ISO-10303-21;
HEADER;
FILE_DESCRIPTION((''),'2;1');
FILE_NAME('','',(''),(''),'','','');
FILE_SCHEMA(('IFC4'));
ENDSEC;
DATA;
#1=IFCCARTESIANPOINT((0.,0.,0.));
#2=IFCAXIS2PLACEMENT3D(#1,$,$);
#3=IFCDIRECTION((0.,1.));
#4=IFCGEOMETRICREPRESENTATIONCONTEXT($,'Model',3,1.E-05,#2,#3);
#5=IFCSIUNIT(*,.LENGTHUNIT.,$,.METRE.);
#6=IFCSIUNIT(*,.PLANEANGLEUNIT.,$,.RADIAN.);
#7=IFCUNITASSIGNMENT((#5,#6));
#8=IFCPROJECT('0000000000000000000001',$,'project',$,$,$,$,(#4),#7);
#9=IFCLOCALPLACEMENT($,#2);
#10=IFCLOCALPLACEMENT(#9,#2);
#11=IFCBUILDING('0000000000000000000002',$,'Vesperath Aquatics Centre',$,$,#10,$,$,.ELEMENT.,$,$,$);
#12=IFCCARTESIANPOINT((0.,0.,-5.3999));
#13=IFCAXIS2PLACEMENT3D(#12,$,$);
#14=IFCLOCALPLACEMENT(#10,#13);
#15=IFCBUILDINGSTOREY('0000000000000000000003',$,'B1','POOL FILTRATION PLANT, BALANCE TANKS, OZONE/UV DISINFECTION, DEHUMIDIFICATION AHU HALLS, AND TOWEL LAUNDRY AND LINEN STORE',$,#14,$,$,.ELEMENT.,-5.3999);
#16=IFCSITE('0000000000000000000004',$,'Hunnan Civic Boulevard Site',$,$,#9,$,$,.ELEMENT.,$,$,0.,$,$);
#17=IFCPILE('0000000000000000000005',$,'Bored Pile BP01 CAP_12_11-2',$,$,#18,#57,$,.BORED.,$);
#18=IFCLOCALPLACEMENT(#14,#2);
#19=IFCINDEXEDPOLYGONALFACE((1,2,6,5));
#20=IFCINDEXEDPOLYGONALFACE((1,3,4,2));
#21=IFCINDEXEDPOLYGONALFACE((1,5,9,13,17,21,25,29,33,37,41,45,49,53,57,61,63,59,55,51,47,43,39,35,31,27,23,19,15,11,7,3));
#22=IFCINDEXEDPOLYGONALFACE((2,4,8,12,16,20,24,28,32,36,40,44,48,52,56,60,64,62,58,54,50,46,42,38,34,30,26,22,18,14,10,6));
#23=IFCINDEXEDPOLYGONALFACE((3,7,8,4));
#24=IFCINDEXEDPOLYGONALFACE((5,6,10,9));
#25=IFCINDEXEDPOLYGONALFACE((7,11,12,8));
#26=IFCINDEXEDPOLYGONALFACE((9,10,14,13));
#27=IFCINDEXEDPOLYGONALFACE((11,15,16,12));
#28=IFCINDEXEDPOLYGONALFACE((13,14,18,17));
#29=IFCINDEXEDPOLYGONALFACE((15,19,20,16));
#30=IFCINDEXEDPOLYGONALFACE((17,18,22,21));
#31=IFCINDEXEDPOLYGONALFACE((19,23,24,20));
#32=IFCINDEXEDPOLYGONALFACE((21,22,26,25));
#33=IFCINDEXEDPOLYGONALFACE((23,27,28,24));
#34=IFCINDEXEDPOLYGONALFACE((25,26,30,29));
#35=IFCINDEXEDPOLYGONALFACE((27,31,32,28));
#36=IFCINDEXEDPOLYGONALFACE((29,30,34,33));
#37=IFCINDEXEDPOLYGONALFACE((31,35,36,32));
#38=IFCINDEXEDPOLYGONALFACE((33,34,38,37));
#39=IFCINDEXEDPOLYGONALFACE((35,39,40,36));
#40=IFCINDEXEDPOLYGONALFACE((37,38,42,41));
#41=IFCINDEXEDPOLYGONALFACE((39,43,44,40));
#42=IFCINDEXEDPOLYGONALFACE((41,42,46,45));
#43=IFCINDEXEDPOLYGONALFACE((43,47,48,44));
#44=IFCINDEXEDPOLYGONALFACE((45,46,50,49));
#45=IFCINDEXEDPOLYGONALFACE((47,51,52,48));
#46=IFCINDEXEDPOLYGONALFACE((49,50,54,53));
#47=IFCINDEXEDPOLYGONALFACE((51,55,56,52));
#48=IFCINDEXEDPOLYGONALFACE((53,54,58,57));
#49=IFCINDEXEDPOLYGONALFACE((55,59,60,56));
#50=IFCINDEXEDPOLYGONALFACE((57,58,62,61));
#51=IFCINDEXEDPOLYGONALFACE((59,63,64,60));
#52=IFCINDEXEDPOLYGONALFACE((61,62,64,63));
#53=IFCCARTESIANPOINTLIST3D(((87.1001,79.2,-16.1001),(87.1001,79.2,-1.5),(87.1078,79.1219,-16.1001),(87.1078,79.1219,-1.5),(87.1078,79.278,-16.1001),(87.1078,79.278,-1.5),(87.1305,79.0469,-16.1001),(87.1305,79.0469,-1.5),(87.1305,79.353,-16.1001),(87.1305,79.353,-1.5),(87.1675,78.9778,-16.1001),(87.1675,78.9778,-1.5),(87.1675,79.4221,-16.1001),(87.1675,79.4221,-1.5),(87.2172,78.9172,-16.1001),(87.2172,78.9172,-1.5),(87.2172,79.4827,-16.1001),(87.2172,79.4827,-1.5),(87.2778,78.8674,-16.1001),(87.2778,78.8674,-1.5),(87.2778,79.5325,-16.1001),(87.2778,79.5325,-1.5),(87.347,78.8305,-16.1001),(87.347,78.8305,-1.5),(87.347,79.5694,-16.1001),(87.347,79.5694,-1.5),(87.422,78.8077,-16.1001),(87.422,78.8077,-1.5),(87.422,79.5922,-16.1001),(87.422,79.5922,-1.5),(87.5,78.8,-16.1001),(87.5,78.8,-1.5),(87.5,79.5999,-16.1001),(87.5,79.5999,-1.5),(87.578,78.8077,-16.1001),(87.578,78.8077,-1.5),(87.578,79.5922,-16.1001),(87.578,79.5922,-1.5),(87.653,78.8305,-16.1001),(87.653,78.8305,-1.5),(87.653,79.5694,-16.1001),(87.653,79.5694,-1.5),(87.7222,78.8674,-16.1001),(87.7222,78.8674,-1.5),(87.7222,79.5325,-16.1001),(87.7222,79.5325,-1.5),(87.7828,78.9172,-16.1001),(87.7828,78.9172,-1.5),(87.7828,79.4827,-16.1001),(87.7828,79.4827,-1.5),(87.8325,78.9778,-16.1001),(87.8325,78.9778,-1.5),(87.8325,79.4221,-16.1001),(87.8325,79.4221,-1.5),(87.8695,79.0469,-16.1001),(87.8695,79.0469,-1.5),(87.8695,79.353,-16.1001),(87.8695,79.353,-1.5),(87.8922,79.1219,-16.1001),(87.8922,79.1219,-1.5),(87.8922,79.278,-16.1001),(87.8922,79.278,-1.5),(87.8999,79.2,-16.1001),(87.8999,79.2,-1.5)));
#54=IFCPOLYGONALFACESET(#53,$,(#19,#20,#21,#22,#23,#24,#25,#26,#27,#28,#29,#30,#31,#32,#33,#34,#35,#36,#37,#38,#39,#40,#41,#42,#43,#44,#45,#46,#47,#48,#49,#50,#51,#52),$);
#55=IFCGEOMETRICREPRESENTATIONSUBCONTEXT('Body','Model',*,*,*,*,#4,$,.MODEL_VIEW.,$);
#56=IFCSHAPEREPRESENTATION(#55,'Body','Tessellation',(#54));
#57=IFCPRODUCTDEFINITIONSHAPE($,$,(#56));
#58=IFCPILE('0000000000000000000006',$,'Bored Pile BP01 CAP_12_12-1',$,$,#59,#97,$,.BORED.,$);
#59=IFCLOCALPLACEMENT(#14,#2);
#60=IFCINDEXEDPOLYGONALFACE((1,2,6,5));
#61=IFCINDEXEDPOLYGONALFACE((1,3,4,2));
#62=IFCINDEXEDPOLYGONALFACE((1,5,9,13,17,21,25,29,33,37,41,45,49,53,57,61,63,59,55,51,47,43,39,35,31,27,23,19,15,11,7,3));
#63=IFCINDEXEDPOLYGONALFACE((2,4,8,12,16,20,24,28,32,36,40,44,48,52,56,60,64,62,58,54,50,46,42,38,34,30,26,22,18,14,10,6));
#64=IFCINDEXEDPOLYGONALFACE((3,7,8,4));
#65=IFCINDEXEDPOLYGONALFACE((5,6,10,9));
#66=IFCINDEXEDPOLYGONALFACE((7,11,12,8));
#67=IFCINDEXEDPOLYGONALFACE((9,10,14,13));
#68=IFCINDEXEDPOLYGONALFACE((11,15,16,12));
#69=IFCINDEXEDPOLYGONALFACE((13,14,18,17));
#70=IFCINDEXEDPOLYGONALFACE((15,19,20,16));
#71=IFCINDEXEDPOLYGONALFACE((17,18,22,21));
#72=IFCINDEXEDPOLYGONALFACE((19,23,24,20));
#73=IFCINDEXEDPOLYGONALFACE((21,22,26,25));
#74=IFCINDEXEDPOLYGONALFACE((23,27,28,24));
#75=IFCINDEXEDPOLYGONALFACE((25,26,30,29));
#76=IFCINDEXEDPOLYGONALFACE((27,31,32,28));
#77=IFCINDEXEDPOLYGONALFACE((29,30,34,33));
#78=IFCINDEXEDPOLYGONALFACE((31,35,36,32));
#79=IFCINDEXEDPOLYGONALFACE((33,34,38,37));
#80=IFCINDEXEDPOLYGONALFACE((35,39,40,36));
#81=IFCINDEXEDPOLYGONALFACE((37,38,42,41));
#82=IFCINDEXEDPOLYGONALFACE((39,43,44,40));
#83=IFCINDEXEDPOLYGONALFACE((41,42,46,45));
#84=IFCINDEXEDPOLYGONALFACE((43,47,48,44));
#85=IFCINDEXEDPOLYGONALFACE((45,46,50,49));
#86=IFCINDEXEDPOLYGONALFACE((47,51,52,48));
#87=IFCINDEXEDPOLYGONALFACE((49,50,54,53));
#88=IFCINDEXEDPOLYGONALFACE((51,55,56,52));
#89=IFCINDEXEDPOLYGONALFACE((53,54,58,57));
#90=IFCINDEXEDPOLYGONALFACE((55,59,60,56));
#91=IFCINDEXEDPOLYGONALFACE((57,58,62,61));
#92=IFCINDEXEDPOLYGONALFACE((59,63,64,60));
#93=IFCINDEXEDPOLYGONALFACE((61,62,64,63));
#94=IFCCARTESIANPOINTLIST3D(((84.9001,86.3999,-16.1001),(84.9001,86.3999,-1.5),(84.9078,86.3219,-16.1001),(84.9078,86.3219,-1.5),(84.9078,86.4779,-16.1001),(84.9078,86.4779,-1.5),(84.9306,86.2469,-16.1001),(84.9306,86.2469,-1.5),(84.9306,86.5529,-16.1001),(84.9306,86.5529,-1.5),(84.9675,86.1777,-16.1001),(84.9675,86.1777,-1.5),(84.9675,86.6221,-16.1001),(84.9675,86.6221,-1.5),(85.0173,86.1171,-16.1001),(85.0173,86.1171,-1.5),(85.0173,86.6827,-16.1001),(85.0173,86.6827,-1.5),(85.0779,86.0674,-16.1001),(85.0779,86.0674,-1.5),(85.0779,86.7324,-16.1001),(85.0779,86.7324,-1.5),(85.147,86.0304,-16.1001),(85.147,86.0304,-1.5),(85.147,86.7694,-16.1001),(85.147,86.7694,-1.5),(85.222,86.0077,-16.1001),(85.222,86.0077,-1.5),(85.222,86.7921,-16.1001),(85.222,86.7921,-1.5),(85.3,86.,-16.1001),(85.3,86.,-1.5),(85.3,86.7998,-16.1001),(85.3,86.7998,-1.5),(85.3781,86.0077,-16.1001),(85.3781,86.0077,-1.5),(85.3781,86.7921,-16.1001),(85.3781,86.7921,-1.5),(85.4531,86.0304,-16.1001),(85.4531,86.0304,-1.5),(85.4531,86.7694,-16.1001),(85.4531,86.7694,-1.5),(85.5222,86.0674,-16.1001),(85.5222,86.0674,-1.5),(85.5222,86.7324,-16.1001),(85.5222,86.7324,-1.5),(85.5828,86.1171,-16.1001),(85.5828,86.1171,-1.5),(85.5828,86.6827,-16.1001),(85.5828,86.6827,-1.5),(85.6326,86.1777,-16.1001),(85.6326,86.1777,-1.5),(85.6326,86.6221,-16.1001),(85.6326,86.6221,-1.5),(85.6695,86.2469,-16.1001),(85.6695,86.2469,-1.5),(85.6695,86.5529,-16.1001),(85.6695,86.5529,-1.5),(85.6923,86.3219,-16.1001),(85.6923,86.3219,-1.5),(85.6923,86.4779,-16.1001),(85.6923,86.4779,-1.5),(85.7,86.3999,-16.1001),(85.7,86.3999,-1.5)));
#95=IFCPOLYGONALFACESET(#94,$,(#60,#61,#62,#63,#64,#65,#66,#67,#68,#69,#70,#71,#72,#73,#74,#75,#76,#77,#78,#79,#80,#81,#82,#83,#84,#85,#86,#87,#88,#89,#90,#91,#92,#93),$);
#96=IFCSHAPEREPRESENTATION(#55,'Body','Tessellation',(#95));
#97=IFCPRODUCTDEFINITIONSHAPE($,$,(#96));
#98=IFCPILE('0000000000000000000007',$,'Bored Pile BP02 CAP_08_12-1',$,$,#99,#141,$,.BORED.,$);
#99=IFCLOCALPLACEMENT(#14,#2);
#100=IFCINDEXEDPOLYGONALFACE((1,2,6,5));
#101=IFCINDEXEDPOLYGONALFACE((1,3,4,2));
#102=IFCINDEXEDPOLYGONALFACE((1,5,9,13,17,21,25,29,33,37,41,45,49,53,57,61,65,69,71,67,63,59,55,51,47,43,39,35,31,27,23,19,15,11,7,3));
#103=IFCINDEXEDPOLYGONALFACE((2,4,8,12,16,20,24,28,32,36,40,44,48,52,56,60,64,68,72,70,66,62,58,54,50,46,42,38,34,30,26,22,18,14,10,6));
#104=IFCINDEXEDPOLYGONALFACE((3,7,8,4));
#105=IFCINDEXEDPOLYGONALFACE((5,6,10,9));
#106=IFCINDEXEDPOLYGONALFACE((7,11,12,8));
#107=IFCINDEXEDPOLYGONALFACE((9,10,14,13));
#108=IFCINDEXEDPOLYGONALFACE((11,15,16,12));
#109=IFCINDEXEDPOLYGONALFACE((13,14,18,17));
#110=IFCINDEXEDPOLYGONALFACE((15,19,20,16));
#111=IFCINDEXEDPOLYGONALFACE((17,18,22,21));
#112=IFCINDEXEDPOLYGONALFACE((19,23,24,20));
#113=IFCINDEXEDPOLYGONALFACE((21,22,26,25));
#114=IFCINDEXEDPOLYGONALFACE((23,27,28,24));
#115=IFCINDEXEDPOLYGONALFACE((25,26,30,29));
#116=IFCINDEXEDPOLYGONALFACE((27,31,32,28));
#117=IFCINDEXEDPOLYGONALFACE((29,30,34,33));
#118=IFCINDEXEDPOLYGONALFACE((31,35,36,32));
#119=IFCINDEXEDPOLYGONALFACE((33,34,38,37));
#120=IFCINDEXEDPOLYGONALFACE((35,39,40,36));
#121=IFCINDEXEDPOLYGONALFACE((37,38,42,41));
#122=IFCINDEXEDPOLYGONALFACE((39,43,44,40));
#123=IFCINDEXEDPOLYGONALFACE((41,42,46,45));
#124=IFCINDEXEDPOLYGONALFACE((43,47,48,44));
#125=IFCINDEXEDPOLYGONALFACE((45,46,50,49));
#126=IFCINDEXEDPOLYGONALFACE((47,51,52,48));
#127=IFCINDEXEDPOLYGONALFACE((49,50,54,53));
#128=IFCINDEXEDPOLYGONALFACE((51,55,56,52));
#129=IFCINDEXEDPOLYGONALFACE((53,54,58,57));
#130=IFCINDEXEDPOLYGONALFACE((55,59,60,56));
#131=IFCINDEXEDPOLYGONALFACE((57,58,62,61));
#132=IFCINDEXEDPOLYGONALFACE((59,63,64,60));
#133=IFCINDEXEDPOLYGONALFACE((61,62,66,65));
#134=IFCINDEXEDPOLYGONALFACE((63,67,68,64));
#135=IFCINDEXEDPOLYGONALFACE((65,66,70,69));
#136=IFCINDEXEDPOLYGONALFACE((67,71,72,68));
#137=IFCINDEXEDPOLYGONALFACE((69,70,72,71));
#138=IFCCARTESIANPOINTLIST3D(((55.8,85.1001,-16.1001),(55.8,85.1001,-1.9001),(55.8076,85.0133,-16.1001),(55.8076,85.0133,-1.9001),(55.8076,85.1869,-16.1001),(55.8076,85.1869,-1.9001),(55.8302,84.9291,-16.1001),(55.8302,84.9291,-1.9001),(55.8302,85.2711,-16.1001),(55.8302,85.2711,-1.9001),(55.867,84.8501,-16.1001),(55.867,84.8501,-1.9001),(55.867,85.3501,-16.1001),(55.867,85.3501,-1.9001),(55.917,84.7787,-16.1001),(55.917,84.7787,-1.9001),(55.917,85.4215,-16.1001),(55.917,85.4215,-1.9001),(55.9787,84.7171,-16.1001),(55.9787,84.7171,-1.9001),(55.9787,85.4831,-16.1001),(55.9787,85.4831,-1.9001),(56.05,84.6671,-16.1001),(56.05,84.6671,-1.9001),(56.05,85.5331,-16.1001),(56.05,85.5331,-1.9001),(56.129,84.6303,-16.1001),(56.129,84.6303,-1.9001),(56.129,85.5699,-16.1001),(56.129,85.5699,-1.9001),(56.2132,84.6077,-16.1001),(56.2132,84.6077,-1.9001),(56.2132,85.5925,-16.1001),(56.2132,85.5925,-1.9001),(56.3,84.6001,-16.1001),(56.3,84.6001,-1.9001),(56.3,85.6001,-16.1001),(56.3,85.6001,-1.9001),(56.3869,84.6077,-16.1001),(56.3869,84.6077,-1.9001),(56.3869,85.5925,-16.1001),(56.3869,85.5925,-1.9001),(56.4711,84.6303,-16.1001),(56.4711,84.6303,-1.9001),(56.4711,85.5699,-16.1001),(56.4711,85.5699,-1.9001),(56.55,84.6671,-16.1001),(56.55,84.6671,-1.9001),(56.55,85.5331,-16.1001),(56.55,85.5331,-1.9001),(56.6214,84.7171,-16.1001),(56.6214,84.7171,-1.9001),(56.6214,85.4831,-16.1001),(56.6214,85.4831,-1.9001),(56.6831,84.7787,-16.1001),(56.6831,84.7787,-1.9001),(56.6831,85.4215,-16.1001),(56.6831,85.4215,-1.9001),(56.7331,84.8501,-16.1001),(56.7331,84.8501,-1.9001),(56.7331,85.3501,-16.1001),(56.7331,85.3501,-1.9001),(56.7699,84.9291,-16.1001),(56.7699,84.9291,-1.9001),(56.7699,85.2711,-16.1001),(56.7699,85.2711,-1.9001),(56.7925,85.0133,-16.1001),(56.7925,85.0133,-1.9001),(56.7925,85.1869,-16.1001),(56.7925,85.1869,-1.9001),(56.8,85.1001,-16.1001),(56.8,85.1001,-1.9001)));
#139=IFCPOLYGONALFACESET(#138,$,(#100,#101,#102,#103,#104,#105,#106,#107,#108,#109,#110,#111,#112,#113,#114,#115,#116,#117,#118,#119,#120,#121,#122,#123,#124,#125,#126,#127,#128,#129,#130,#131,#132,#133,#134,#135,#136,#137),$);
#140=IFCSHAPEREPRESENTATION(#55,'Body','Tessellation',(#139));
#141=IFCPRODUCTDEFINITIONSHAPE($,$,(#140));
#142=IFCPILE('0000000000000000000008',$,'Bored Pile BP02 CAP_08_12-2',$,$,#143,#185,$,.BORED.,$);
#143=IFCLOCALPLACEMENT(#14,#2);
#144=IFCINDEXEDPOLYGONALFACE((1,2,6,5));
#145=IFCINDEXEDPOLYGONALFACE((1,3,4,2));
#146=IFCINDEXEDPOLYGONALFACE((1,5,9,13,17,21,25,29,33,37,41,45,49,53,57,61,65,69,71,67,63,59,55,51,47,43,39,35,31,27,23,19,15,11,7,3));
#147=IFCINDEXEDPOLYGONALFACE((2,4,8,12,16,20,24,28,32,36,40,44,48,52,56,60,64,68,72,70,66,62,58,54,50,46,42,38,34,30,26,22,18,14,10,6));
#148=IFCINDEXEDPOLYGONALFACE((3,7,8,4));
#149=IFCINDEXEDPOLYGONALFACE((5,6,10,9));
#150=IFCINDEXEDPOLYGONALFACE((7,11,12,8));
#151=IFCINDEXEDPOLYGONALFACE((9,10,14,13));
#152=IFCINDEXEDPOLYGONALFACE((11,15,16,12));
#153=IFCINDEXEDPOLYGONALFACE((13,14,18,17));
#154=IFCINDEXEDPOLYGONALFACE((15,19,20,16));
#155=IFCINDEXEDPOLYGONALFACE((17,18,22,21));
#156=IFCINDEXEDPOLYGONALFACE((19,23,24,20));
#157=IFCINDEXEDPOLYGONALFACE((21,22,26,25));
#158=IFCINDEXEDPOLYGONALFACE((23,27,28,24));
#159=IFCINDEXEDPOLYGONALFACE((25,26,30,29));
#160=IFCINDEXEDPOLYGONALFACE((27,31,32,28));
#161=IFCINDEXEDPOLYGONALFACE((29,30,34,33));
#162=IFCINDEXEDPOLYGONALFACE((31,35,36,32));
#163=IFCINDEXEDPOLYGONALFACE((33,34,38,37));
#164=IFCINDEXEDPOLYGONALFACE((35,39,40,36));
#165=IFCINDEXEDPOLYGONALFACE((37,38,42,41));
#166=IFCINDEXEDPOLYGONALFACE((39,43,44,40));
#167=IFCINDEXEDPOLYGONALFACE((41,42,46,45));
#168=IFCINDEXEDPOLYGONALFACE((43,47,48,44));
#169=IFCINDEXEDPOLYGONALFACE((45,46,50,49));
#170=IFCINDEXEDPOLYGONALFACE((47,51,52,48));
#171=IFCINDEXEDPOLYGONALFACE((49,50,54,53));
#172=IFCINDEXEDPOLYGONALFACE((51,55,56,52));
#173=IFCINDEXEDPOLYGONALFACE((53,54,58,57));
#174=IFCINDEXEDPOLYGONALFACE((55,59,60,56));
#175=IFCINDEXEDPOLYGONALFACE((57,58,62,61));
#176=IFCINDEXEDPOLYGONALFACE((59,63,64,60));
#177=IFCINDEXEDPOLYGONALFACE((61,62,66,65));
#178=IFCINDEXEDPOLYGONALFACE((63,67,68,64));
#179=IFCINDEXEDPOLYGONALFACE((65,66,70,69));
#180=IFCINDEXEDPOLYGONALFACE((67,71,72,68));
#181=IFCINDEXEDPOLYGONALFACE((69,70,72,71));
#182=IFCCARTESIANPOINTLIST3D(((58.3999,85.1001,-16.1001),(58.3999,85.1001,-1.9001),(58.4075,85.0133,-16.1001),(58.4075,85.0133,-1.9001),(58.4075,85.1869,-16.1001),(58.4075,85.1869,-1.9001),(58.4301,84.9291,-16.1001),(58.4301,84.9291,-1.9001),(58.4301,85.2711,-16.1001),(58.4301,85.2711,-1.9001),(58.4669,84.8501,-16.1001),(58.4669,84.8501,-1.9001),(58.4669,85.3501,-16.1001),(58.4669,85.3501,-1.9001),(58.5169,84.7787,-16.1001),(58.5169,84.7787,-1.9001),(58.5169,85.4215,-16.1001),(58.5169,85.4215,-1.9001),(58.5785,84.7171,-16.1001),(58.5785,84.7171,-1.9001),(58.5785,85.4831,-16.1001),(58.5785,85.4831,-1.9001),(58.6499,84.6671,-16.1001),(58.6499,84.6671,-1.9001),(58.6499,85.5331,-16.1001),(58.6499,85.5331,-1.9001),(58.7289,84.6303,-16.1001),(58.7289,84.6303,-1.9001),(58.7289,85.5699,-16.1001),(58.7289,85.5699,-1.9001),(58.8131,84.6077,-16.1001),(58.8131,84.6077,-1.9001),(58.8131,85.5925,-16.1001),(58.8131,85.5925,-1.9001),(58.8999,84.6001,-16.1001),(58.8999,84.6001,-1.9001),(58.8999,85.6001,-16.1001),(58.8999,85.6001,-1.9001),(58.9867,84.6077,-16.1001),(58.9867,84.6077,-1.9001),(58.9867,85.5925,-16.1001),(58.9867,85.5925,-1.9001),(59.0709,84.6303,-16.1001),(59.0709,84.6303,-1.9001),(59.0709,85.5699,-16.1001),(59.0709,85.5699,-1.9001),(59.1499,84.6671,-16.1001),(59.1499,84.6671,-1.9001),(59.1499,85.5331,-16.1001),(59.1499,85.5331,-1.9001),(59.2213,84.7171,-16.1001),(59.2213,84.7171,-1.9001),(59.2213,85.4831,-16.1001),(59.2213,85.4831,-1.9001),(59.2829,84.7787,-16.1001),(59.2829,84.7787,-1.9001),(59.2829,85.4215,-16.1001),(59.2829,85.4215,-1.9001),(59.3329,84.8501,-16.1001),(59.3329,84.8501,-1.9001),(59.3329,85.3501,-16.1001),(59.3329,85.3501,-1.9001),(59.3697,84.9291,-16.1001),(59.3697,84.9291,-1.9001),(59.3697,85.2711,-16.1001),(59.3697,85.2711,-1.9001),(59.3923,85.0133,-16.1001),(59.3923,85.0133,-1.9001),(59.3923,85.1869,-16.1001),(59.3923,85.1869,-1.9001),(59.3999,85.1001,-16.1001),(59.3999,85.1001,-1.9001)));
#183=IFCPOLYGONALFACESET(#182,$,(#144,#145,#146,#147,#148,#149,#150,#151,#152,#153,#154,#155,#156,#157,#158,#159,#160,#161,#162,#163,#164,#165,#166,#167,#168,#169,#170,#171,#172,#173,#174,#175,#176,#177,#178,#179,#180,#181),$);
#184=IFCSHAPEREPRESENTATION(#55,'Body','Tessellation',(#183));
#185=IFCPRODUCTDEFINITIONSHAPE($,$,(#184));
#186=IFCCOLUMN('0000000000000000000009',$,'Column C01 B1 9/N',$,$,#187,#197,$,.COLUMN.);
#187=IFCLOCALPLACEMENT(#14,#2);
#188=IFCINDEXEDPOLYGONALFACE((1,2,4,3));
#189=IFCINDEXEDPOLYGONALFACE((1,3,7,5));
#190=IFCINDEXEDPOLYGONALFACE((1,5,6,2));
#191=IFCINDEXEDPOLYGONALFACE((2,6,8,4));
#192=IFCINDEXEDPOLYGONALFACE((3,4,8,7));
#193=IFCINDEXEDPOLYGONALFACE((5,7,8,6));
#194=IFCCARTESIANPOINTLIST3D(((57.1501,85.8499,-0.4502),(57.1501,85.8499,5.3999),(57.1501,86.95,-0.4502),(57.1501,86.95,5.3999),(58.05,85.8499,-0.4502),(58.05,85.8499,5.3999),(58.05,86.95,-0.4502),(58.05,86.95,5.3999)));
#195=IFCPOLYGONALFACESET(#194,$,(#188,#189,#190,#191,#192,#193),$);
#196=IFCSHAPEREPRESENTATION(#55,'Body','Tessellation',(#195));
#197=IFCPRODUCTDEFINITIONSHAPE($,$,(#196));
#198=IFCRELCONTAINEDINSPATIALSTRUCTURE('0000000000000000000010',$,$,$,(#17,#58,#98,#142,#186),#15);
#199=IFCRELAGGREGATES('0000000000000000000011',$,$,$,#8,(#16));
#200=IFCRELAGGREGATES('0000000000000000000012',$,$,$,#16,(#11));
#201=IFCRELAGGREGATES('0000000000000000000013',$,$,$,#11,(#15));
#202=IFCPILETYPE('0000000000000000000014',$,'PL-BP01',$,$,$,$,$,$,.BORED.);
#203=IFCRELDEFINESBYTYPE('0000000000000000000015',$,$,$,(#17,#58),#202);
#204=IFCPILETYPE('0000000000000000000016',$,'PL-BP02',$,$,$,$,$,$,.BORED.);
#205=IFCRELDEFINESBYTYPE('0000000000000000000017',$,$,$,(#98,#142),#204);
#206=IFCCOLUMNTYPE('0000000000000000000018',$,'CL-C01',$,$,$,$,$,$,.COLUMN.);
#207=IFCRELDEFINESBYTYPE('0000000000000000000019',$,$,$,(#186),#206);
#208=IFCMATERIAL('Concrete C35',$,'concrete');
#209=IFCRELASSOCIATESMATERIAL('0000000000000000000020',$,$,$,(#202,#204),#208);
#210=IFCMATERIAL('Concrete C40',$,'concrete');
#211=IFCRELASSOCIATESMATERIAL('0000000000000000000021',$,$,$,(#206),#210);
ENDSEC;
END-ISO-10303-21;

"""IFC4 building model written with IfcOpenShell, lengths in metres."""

from ifc_helpers import new_model, si_unit, direction, frame, origin, origin_2d, place, context, subcontext, project, spatial, rectangle, circle, extrude, material, material_profile, profile_set, type_object, element, save


model = new_model("IFC4")

# Units and contexts
model_context = context("Model", 3, precision=1e-05, world=origin(), true_north=direction((0.0, 1.0)))
body_context = subcontext(model_context, "Body", "Model", "MODEL_VIEW")
ifc_project = project(units=[si_unit("LENGTHUNIT", "METRE"), si_unit("PLANEANGLEUNIT", "RADIAN")], contexts=[model_context])

# Site, building, storey
site_placement = place(None, origin())
site = spatial("IfcSite", under=ifc_project, at=site_placement, Name="Hunnan Civic Boulevard Site", CompositionType="ELEMENT", RefElevation=0.0)
building_placement = place(site_placement, origin())
building = spatial("IfcBuilding", under=site, at=building_placement, Name="Vesperath Aquatics Centre", CompositionType="ELEMENT")
storey_placement = place(building_placement, frame((0.0, 0.0, -5.3999)))
storey = spatial("IfcBuildingStorey", under=building, at=storey_placement, Name="B1", Description="POOL FILTRATION PLANT, BALANCE TANKS, OZONE/UV DISINFECTION, DEHUMIDIFICATION AHU HALLS, AND TOWEL LAUNDRY AND LINEN STORE", CompositionType="ELEMENT", Elevation=-5.3999)

# Shared definitions
ifc_material_1 = material(Name="Concrete C40", Category="concrete")

# Piles
ifc_material_2 = material(Name="Concrete C35", Category="concrete")
ifc_material_profile_1 = material_profile(ifc_material_2, circle(Radius=0.3999, at=origin_2d()), Name="PILE D800")
ifc_profile_set_1 = profile_set([ifc_material_profile_1], Name="Concrete C35")
pile_type_1 = type_object("IfcPileType", Name="PL-BP01", PredefinedType="BORED", material=ifc_profile_set_1)
for number, where, z_axis, x_axis, name in (
    (1, (87.5, 79.2, -1.5), (0.0, 0.0, -1.0), (1.0, 0.0, 0.0), "Bored Pile BP01 CAP_12_11-2"),
    (2, (85.3, 86.3999, -1.5), (0.0, 0.0, -1.0), (1.0, 0.0, 0.0), "Bored Pile BP01 CAP_12_12-1"),
):
    element("IfcPile", number, at=place(storey_placement, frame(where, z_axis=z_axis, x_axis=x_axis)), inside=storey, type_object=pile_type_1, Name=name, PredefinedType="BORED", context=body_context, shape_type="SweptSolid", body=[
        extrude(circle(Radius=0.3999, at=origin_2d()), origin(), (0.0, 0.0, 1.0), 14.6001),
    ])
ifc_material_profile_2 = material_profile(ifc_material_2, circle(Radius=0.5, at=origin_2d()), Name="PILE D1000")
ifc_profile_set_2 = profile_set([ifc_material_profile_2], Name="Concrete C35")
pile_type_2 = type_object("IfcPileType", Name="PL-BP02", PredefinedType="BORED", material=ifc_profile_set_2)
for number, where, z_axis, x_axis, name in (
    (3, (56.3, 85.1001, -1.9001), (0.0, 0.0, -1.0), (1.0, 0.0, 0.0), "Bored Pile BP02 CAP_08_12-1"),
    (4, (58.8999, 85.1001, -1.9001), (0.0, 0.0, -1.0), (1.0, 0.0, 0.0), "Bored Pile BP02 CAP_08_12-2"),
):
    element("IfcPile", number, at=place(storey_placement, frame(where, z_axis=z_axis, x_axis=x_axis)), inside=storey, type_object=pile_type_2, Name=name, PredefinedType="BORED", context=body_context, shape_type="SweptSolid", body=[
        extrude(circle(Radius=0.5, at=origin_2d()), origin(), (0.0, 0.0, 1.0), 14.2),
    ])

# Column
ifc_material_profile_3 = material_profile(ifc_material_1, rectangle(XDim=0.8999, YDim=1.1001, at=origin_2d()), Name="RC 1100x900")
ifc_profile_set_3 = profile_set([ifc_material_profile_3], Name="Concrete C40")
column_type_1 = type_object("IfcColumnType", Name="CL-C01", PredefinedType="COLUMN", material=ifc_profile_set_3)
for number, where, z_axis, x_axis, name in (
    (5, (57.6001, 86.3999, -0.4502), (0.0, 0.0, 1.0), (1.0, 0.0, 0.0), "Column C01 B1 9/N"),
):
    element("IfcColumn", number, at=place(storey_placement, frame(where, z_axis=z_axis, x_axis=x_axis)), inside=storey, type_object=column_type_1, Name=name, PredefinedType="COLUMN", context=body_context, shape_type="SweptSolid", body=[
        extrude(rectangle(XDim=0.8999, YDim=1.1001, at=origin_2d()), origin(), (0.0, 0.0, 1.0), 5.8501),
    ])

save(model, "model.ifc")
